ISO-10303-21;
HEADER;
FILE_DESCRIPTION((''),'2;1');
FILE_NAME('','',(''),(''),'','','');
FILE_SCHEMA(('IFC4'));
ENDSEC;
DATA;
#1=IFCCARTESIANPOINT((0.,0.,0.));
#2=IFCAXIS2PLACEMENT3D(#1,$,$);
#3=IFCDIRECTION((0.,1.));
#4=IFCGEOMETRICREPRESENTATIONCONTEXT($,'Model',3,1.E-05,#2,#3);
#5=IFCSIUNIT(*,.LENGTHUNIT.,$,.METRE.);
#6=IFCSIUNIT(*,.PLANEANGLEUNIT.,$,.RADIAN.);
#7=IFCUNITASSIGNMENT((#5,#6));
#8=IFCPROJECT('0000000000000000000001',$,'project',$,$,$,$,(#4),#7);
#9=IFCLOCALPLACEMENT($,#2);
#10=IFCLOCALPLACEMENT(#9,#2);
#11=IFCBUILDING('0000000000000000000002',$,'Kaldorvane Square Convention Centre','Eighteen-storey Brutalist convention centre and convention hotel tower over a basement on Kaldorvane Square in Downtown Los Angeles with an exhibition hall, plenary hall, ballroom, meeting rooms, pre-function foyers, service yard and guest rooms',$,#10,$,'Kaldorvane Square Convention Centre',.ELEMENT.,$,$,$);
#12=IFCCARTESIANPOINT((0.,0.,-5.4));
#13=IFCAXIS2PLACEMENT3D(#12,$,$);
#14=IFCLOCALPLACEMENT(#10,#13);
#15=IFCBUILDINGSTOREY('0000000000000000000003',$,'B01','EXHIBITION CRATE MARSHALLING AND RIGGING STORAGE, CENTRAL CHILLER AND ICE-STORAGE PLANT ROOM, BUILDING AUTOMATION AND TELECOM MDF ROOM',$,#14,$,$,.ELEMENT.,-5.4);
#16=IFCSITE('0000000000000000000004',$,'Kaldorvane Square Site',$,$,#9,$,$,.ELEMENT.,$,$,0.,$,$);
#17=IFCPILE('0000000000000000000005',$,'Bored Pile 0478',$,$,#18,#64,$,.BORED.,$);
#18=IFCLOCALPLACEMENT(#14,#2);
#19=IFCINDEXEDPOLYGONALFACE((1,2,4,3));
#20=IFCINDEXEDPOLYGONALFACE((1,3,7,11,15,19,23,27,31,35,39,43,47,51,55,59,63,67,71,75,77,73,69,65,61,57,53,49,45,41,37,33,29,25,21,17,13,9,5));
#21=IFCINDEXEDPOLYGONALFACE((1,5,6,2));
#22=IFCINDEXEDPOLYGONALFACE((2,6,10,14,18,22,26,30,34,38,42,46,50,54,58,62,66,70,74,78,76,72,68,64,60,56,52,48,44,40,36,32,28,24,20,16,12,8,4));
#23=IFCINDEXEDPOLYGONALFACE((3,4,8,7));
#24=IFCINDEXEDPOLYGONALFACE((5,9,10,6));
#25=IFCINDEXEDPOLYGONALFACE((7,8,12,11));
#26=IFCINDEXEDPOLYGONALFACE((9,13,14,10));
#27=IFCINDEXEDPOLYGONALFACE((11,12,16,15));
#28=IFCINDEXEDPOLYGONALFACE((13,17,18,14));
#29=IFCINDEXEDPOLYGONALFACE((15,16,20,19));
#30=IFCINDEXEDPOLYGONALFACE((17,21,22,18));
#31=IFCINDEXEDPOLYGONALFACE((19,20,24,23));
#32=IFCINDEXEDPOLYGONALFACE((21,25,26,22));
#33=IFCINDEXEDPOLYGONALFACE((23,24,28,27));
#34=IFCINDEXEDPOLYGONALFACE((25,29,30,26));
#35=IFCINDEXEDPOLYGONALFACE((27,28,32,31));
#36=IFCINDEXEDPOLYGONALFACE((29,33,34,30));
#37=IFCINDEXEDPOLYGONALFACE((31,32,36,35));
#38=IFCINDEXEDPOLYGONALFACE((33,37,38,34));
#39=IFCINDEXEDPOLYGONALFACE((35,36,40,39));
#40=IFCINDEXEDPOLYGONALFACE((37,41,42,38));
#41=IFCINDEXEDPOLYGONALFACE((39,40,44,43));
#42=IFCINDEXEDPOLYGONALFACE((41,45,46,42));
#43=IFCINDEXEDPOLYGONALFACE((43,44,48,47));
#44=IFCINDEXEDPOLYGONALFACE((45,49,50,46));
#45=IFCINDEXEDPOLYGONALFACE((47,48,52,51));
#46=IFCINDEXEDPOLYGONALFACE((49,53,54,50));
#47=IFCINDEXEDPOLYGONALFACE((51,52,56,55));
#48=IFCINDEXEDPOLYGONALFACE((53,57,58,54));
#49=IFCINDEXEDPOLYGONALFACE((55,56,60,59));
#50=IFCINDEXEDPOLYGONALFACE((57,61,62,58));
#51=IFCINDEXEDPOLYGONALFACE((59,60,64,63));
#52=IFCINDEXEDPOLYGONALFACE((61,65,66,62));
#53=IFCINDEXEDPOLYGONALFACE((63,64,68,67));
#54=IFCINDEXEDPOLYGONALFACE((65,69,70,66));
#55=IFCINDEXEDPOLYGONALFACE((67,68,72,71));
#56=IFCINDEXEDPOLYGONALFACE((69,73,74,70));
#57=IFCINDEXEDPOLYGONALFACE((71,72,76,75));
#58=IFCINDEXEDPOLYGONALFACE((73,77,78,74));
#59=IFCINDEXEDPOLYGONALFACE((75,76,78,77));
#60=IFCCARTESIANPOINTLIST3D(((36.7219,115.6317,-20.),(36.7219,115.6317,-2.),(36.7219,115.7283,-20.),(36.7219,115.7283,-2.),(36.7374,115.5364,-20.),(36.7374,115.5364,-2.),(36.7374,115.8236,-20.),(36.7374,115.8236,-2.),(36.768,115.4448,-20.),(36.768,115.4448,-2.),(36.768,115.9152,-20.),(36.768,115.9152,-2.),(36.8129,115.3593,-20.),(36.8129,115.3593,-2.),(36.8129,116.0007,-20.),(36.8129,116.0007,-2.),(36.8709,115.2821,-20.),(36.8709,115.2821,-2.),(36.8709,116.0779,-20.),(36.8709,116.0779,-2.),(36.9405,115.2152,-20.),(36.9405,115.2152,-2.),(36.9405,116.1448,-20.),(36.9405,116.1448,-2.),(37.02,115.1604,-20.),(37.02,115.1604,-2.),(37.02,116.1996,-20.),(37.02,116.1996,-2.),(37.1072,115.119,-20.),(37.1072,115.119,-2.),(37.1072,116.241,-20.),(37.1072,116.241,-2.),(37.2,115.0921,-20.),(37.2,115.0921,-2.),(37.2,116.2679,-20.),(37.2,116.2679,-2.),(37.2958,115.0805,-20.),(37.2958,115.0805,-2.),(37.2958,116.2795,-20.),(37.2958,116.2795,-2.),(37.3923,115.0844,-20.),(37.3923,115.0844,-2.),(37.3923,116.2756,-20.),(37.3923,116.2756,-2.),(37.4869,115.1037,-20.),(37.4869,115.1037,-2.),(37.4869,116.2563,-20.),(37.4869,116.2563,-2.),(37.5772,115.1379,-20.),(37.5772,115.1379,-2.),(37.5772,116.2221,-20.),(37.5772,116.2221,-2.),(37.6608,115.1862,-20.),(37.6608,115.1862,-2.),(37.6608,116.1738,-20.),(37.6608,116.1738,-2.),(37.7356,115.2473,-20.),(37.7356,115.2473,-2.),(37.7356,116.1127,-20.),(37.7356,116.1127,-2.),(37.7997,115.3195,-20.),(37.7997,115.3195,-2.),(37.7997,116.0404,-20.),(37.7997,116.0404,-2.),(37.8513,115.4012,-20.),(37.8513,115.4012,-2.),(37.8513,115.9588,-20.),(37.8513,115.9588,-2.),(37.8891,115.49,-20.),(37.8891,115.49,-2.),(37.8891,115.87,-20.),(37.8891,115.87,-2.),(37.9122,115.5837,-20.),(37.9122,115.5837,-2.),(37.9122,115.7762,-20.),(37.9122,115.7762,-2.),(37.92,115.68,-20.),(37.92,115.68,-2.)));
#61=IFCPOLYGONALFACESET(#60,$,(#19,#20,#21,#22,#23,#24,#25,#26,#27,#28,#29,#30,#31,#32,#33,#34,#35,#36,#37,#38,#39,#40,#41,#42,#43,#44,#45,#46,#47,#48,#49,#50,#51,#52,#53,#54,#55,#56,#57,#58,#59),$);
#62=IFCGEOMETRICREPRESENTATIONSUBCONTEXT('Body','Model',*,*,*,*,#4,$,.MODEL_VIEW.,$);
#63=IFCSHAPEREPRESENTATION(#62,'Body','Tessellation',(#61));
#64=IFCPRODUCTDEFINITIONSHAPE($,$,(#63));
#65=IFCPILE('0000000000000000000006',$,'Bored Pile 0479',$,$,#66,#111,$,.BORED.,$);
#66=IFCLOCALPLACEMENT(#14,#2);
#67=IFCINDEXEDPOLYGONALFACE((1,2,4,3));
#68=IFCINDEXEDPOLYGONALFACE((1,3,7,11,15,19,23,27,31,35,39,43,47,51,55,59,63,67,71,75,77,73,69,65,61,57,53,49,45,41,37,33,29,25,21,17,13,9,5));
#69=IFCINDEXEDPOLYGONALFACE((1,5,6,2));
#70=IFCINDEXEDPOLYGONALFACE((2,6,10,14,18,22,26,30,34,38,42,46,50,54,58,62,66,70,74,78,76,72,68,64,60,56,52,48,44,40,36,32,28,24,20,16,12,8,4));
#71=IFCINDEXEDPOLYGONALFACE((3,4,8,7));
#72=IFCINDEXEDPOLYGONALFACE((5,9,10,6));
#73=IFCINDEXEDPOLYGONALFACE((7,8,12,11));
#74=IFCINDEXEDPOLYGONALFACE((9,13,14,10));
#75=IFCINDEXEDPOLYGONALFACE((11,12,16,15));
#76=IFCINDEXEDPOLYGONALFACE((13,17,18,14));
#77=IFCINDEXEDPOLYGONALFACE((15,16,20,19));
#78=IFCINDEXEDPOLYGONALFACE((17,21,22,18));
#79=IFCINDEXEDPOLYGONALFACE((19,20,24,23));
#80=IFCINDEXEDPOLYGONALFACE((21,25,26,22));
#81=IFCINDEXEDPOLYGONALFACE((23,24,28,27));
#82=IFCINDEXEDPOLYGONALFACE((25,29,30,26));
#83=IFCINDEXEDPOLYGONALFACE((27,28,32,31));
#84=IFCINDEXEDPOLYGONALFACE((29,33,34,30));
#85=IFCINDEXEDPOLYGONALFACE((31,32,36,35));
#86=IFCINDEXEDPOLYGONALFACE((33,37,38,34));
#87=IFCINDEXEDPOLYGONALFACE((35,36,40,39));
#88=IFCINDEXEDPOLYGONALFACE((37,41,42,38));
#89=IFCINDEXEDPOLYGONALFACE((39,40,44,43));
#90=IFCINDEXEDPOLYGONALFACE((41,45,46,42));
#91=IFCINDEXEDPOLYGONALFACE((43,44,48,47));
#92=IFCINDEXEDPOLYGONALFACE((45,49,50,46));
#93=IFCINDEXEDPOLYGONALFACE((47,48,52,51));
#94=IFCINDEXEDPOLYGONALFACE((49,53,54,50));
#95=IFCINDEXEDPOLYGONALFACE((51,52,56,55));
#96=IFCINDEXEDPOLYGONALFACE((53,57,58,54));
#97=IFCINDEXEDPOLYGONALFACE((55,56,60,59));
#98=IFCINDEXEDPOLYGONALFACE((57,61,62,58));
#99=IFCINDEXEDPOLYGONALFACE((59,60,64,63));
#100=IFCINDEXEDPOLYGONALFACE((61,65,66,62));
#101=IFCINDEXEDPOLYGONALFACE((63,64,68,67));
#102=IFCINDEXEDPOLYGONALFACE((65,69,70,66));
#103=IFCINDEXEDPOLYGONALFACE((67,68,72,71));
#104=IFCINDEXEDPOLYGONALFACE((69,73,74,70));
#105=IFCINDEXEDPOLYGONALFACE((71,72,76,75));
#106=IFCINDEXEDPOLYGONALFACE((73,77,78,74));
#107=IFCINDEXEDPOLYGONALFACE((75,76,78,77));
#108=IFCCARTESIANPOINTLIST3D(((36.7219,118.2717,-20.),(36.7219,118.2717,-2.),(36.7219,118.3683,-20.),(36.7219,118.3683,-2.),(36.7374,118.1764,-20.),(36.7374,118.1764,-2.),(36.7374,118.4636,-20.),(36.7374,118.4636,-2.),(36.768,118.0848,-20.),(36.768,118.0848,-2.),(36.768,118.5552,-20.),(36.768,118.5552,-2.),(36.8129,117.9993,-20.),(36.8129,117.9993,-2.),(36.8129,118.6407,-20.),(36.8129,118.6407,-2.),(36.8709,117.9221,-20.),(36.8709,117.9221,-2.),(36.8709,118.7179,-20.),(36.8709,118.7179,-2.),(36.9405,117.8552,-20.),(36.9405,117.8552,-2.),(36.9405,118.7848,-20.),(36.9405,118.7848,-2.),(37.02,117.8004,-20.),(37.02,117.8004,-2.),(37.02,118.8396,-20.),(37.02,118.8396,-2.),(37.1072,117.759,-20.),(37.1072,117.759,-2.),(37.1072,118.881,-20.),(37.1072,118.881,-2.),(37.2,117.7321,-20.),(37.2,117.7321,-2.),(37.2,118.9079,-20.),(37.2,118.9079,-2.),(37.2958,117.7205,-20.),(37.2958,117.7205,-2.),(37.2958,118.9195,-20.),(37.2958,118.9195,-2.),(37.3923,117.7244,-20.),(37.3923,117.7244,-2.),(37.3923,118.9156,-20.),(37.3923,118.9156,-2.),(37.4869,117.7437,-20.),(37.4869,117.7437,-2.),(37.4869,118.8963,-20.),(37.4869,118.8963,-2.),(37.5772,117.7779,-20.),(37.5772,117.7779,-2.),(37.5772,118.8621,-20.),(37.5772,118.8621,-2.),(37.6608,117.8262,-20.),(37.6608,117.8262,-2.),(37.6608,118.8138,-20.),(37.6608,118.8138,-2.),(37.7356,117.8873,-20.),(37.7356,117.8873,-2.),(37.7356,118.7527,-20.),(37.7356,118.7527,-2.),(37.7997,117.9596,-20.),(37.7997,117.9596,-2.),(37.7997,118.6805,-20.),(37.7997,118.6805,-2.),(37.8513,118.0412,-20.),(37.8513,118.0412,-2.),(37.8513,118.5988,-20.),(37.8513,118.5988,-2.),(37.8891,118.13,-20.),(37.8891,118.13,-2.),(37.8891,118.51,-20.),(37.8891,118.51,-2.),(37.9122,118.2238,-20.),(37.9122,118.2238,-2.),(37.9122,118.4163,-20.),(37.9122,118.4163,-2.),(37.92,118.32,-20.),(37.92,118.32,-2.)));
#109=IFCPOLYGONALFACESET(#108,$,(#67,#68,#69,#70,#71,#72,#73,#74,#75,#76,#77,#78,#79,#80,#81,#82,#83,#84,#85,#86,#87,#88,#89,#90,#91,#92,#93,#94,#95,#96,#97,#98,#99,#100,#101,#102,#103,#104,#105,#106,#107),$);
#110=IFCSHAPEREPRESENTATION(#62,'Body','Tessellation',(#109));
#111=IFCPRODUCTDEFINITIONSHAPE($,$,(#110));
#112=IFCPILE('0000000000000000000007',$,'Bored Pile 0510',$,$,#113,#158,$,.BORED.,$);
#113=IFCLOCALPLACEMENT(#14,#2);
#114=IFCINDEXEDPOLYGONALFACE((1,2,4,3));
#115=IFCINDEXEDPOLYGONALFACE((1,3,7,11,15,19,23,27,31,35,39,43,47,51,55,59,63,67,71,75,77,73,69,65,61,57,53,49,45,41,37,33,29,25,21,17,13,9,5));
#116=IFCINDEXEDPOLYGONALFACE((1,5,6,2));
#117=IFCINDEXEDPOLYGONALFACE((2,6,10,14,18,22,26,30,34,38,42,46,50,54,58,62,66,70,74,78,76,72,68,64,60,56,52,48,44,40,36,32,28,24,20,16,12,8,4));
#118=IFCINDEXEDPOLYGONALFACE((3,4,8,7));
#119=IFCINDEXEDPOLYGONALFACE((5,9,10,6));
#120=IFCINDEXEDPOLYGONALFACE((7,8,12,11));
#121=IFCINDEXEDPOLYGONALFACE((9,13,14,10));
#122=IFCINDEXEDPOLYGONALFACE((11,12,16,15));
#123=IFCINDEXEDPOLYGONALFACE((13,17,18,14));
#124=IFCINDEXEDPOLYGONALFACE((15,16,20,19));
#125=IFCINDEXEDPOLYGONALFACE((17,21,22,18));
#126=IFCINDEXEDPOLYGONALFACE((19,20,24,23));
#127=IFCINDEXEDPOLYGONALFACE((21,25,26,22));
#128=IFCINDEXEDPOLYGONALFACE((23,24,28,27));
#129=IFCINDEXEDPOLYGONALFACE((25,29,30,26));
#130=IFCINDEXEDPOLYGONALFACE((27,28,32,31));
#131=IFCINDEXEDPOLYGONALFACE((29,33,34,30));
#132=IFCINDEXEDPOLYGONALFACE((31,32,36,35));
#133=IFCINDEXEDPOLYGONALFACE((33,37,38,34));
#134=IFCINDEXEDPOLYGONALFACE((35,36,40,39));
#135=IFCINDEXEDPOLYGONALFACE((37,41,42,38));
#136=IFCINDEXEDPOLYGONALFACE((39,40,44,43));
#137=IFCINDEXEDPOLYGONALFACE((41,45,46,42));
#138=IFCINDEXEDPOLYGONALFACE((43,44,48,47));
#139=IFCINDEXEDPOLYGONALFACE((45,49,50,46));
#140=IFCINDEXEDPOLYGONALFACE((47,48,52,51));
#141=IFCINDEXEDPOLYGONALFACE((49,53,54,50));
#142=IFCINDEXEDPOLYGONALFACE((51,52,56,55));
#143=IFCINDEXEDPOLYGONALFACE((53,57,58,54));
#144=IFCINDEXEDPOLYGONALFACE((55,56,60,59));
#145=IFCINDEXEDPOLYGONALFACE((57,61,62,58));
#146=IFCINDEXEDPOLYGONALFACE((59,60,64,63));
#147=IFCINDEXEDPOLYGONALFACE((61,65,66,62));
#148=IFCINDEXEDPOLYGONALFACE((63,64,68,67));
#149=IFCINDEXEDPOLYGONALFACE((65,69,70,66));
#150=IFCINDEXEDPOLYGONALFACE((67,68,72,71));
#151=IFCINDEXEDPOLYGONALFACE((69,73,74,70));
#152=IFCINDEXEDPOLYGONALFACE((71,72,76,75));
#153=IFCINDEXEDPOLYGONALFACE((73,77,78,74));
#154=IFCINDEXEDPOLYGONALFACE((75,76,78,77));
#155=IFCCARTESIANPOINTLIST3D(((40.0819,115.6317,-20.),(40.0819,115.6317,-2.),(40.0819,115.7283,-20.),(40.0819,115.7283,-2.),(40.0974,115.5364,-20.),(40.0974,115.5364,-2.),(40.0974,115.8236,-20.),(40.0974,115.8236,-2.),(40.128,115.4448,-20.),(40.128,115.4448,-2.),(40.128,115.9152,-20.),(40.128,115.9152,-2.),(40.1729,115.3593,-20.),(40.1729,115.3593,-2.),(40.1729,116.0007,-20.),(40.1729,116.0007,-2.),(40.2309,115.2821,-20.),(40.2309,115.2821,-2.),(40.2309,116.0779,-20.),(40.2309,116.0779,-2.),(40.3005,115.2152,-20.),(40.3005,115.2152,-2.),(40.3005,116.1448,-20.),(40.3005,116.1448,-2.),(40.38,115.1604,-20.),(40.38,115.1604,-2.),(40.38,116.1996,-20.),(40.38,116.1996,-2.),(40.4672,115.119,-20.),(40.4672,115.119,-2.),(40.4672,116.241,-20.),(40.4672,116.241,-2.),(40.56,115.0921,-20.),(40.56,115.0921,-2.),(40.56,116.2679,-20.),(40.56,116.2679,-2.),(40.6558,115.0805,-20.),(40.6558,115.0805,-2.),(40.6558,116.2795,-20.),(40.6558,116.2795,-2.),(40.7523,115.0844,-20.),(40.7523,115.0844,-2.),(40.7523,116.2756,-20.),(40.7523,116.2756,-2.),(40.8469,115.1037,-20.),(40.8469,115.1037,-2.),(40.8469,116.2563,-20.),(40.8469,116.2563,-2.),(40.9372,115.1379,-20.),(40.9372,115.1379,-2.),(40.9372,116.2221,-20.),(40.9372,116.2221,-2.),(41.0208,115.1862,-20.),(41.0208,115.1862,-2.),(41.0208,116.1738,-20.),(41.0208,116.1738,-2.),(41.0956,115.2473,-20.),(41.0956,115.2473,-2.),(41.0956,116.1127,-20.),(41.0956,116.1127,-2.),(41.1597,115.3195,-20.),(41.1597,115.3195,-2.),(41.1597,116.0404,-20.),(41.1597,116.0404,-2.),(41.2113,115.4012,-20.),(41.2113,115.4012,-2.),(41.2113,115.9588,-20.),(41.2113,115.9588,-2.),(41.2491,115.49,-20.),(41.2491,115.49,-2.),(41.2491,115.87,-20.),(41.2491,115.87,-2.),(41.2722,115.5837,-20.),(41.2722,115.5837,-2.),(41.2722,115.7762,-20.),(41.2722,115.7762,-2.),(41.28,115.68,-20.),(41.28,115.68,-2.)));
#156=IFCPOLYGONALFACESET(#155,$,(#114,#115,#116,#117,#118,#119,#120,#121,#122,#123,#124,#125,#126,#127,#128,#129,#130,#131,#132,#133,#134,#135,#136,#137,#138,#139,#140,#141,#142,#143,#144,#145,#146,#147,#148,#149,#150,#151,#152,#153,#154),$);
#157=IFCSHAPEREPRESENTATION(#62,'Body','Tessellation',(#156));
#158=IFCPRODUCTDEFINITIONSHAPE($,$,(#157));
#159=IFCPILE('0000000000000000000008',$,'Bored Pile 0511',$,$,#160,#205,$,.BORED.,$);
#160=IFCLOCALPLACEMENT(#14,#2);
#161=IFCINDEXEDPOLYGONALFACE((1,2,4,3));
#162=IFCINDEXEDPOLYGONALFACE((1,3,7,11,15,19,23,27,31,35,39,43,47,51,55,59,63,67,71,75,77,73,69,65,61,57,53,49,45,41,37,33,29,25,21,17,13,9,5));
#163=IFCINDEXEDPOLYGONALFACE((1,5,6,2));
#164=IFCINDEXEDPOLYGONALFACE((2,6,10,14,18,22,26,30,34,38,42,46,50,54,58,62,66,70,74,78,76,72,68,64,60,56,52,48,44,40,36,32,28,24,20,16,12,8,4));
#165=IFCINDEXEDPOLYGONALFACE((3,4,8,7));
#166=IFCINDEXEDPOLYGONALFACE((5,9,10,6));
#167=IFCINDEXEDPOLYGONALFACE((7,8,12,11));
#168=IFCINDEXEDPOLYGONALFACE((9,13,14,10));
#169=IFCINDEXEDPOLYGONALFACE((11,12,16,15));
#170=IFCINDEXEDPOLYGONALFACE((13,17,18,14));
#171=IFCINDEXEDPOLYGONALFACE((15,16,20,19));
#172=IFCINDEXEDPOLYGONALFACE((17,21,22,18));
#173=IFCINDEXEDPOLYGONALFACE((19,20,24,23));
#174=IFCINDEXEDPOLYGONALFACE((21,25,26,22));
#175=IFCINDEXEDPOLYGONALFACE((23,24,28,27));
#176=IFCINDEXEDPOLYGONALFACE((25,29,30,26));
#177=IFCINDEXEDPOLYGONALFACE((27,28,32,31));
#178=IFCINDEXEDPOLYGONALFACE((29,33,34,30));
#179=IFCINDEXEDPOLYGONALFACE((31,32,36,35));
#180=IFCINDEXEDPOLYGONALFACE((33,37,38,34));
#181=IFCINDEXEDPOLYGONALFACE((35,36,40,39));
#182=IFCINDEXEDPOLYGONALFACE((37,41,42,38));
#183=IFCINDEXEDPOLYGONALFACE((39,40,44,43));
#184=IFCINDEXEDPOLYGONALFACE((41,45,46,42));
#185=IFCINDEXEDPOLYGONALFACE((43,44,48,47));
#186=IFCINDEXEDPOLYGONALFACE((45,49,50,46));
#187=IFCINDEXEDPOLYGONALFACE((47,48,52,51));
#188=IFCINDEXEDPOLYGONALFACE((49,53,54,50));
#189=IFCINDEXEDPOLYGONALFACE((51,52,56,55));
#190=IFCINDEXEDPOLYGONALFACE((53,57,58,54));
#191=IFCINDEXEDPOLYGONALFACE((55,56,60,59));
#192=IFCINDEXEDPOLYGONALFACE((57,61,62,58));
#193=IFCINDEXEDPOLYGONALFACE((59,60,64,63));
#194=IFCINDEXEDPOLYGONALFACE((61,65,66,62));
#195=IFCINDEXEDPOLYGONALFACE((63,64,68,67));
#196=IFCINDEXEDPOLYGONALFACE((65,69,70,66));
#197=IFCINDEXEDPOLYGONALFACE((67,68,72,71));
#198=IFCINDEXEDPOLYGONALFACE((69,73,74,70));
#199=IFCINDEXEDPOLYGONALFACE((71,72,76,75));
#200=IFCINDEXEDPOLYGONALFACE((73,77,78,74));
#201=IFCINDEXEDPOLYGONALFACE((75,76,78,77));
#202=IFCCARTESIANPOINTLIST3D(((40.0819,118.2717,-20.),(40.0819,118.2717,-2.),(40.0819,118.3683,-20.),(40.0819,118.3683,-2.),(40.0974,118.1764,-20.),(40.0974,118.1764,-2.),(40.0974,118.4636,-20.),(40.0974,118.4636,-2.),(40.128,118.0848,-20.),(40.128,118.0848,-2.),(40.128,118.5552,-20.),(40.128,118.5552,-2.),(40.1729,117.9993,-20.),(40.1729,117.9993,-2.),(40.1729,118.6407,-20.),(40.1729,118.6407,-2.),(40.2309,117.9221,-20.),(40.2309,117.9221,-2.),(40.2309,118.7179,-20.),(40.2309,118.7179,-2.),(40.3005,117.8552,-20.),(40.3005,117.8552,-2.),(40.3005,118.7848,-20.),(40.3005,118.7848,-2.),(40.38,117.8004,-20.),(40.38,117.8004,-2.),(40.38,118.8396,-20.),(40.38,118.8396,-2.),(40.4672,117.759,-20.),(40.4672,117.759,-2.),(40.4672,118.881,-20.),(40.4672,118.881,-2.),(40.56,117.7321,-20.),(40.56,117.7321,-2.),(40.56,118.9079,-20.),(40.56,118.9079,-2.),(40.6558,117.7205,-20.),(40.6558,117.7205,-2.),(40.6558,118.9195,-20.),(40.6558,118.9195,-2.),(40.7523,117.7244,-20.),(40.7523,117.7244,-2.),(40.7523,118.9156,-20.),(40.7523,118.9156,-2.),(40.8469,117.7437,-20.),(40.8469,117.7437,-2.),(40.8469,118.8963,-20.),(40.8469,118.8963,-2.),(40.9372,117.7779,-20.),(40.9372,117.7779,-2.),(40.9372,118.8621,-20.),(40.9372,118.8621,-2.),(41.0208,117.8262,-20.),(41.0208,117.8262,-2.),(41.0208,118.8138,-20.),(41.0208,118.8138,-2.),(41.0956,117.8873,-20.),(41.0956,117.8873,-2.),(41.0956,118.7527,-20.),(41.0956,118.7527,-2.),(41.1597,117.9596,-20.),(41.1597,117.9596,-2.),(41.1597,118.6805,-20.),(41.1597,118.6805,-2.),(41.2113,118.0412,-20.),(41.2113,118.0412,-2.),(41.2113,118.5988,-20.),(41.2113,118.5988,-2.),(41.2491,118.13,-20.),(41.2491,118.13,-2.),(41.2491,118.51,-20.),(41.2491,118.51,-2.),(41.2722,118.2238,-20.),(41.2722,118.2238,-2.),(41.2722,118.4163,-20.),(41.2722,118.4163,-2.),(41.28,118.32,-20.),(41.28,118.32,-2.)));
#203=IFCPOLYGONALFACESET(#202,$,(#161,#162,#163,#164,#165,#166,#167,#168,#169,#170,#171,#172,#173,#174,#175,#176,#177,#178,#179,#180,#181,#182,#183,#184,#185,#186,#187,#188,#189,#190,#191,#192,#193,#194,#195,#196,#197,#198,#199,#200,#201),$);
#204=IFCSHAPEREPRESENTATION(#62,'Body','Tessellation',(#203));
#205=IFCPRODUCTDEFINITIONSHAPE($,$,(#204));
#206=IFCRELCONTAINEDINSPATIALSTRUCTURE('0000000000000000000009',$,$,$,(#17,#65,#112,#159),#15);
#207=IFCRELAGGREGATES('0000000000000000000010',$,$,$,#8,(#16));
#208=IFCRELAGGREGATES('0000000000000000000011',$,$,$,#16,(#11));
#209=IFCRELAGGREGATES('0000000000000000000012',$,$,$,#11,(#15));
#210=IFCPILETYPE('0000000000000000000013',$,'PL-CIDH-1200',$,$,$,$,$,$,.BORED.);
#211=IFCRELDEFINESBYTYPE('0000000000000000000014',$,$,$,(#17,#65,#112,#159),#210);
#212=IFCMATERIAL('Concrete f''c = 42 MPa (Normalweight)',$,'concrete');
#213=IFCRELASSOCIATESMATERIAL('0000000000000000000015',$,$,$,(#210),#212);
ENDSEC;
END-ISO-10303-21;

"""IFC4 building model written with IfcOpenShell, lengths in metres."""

from ifc_helpers import new_model, si_unit, direction, frame, origin, origin_2d, place, context, subcontext, project, spatial, circle, extrude, material, material_profile, profile_set, type_object, element, save


model = new_model("IFC4")

# Units and contexts
model_context = context("Model", 3, precision=1e-05, world=origin(), true_north=direction((0.0, 1.0)))
body_context = subcontext(model_context, "Body", "Model", "MODEL_VIEW")
ifc_project = project(units=[si_unit("LENGTHUNIT", "METRE"), si_unit("PLANEANGLEUNIT", "RADIAN")], contexts=[model_context])

# Site, building, storey
site_placement = place(None, origin())
site = spatial("IfcSite", under=ifc_project, at=site_placement, Name="Kaldorvane Square Site", CompositionType="ELEMENT", RefElevation=0.0)
building_placement = place(site_placement, origin())
building = spatial("IfcBuilding", under=site, at=building_placement, Name="Kaldorvane Square Convention Centre", Description="Eighteen-storey Brutalist convention centre and convention hotel tower over a basement on Kaldorvane Square in Downtown Los Angeles with an exhibition hall, plenary hall, ballroom, meeting rooms, pre-function foyers, service yard and guest rooms", LongName="Kaldorvane Square Convention Centre", CompositionType="ELEMENT")
storey_placement = place(building_placement, frame((0.0, 0.0, -5.4)))
storey = spatial("IfcBuildingStorey", under=building, at=storey_placement, Name="B01", Description="EXHIBITION CRATE MARSHALLING AND RIGGING STORAGE, CENTRAL CHILLER AND ICE-STORAGE PLANT ROOM, BUILDING AUTOMATION AND TELECOM MDF ROOM", CompositionType="ELEMENT", Elevation=-5.4)

# Shared definitions
ifc_material_1 = material(Name="Concrete f'c = 42 MPa (Normalweight)", Category="concrete")

# Piles
ifc_material_profile_1 = material_profile(ifc_material_1, circle(Radius=0.6, at=origin_2d()), Name="PILE-D1200")
ifc_profile_set_1 = profile_set([ifc_material_profile_1], Name="Concrete f'c = 42 MPa (Normalweight)")
pile_type_1 = type_object("IfcPileType", Name="PL-CIDH-1200", PredefinedType="BORED", material=ifc_profile_set_1)
for number, where, z_axis, x_axis, name in (
    (1, (37.32, 115.68, -2.0), (0.0, 0.0, -1.0), (1.0, 0.0, 0.0), "Bored Pile 0478"),
    (2, (37.32, 118.32, -2.0), (0.0, 0.0, -1.0), (1.0, 0.0, 0.0), "Bored Pile 0479"),
    (3, (40.68, 115.68, -2.0), (0.0, 0.0, -1.0), (1.0, 0.0, 0.0), "Bored Pile 0510"),
    (4, (40.68, 118.32, -2.0), (0.0, 0.0, -1.0), (1.0, 0.0, 0.0), "Bored Pile 0511"),
):
    element("IfcPile", number, at=place(storey_placement, frame(where, z_axis=z_axis, x_axis=x_axis)), inside=storey, type_object=pile_type_1, Name=name, PredefinedType="BORED", context=body_context, shape_type="SweptSolid", body=[
        extrude(circle(Radius=0.6, at=origin_2d()), origin(), (0.0, 0.0, 1.0), 18.0),
    ])

save(model, "model.ifc")
